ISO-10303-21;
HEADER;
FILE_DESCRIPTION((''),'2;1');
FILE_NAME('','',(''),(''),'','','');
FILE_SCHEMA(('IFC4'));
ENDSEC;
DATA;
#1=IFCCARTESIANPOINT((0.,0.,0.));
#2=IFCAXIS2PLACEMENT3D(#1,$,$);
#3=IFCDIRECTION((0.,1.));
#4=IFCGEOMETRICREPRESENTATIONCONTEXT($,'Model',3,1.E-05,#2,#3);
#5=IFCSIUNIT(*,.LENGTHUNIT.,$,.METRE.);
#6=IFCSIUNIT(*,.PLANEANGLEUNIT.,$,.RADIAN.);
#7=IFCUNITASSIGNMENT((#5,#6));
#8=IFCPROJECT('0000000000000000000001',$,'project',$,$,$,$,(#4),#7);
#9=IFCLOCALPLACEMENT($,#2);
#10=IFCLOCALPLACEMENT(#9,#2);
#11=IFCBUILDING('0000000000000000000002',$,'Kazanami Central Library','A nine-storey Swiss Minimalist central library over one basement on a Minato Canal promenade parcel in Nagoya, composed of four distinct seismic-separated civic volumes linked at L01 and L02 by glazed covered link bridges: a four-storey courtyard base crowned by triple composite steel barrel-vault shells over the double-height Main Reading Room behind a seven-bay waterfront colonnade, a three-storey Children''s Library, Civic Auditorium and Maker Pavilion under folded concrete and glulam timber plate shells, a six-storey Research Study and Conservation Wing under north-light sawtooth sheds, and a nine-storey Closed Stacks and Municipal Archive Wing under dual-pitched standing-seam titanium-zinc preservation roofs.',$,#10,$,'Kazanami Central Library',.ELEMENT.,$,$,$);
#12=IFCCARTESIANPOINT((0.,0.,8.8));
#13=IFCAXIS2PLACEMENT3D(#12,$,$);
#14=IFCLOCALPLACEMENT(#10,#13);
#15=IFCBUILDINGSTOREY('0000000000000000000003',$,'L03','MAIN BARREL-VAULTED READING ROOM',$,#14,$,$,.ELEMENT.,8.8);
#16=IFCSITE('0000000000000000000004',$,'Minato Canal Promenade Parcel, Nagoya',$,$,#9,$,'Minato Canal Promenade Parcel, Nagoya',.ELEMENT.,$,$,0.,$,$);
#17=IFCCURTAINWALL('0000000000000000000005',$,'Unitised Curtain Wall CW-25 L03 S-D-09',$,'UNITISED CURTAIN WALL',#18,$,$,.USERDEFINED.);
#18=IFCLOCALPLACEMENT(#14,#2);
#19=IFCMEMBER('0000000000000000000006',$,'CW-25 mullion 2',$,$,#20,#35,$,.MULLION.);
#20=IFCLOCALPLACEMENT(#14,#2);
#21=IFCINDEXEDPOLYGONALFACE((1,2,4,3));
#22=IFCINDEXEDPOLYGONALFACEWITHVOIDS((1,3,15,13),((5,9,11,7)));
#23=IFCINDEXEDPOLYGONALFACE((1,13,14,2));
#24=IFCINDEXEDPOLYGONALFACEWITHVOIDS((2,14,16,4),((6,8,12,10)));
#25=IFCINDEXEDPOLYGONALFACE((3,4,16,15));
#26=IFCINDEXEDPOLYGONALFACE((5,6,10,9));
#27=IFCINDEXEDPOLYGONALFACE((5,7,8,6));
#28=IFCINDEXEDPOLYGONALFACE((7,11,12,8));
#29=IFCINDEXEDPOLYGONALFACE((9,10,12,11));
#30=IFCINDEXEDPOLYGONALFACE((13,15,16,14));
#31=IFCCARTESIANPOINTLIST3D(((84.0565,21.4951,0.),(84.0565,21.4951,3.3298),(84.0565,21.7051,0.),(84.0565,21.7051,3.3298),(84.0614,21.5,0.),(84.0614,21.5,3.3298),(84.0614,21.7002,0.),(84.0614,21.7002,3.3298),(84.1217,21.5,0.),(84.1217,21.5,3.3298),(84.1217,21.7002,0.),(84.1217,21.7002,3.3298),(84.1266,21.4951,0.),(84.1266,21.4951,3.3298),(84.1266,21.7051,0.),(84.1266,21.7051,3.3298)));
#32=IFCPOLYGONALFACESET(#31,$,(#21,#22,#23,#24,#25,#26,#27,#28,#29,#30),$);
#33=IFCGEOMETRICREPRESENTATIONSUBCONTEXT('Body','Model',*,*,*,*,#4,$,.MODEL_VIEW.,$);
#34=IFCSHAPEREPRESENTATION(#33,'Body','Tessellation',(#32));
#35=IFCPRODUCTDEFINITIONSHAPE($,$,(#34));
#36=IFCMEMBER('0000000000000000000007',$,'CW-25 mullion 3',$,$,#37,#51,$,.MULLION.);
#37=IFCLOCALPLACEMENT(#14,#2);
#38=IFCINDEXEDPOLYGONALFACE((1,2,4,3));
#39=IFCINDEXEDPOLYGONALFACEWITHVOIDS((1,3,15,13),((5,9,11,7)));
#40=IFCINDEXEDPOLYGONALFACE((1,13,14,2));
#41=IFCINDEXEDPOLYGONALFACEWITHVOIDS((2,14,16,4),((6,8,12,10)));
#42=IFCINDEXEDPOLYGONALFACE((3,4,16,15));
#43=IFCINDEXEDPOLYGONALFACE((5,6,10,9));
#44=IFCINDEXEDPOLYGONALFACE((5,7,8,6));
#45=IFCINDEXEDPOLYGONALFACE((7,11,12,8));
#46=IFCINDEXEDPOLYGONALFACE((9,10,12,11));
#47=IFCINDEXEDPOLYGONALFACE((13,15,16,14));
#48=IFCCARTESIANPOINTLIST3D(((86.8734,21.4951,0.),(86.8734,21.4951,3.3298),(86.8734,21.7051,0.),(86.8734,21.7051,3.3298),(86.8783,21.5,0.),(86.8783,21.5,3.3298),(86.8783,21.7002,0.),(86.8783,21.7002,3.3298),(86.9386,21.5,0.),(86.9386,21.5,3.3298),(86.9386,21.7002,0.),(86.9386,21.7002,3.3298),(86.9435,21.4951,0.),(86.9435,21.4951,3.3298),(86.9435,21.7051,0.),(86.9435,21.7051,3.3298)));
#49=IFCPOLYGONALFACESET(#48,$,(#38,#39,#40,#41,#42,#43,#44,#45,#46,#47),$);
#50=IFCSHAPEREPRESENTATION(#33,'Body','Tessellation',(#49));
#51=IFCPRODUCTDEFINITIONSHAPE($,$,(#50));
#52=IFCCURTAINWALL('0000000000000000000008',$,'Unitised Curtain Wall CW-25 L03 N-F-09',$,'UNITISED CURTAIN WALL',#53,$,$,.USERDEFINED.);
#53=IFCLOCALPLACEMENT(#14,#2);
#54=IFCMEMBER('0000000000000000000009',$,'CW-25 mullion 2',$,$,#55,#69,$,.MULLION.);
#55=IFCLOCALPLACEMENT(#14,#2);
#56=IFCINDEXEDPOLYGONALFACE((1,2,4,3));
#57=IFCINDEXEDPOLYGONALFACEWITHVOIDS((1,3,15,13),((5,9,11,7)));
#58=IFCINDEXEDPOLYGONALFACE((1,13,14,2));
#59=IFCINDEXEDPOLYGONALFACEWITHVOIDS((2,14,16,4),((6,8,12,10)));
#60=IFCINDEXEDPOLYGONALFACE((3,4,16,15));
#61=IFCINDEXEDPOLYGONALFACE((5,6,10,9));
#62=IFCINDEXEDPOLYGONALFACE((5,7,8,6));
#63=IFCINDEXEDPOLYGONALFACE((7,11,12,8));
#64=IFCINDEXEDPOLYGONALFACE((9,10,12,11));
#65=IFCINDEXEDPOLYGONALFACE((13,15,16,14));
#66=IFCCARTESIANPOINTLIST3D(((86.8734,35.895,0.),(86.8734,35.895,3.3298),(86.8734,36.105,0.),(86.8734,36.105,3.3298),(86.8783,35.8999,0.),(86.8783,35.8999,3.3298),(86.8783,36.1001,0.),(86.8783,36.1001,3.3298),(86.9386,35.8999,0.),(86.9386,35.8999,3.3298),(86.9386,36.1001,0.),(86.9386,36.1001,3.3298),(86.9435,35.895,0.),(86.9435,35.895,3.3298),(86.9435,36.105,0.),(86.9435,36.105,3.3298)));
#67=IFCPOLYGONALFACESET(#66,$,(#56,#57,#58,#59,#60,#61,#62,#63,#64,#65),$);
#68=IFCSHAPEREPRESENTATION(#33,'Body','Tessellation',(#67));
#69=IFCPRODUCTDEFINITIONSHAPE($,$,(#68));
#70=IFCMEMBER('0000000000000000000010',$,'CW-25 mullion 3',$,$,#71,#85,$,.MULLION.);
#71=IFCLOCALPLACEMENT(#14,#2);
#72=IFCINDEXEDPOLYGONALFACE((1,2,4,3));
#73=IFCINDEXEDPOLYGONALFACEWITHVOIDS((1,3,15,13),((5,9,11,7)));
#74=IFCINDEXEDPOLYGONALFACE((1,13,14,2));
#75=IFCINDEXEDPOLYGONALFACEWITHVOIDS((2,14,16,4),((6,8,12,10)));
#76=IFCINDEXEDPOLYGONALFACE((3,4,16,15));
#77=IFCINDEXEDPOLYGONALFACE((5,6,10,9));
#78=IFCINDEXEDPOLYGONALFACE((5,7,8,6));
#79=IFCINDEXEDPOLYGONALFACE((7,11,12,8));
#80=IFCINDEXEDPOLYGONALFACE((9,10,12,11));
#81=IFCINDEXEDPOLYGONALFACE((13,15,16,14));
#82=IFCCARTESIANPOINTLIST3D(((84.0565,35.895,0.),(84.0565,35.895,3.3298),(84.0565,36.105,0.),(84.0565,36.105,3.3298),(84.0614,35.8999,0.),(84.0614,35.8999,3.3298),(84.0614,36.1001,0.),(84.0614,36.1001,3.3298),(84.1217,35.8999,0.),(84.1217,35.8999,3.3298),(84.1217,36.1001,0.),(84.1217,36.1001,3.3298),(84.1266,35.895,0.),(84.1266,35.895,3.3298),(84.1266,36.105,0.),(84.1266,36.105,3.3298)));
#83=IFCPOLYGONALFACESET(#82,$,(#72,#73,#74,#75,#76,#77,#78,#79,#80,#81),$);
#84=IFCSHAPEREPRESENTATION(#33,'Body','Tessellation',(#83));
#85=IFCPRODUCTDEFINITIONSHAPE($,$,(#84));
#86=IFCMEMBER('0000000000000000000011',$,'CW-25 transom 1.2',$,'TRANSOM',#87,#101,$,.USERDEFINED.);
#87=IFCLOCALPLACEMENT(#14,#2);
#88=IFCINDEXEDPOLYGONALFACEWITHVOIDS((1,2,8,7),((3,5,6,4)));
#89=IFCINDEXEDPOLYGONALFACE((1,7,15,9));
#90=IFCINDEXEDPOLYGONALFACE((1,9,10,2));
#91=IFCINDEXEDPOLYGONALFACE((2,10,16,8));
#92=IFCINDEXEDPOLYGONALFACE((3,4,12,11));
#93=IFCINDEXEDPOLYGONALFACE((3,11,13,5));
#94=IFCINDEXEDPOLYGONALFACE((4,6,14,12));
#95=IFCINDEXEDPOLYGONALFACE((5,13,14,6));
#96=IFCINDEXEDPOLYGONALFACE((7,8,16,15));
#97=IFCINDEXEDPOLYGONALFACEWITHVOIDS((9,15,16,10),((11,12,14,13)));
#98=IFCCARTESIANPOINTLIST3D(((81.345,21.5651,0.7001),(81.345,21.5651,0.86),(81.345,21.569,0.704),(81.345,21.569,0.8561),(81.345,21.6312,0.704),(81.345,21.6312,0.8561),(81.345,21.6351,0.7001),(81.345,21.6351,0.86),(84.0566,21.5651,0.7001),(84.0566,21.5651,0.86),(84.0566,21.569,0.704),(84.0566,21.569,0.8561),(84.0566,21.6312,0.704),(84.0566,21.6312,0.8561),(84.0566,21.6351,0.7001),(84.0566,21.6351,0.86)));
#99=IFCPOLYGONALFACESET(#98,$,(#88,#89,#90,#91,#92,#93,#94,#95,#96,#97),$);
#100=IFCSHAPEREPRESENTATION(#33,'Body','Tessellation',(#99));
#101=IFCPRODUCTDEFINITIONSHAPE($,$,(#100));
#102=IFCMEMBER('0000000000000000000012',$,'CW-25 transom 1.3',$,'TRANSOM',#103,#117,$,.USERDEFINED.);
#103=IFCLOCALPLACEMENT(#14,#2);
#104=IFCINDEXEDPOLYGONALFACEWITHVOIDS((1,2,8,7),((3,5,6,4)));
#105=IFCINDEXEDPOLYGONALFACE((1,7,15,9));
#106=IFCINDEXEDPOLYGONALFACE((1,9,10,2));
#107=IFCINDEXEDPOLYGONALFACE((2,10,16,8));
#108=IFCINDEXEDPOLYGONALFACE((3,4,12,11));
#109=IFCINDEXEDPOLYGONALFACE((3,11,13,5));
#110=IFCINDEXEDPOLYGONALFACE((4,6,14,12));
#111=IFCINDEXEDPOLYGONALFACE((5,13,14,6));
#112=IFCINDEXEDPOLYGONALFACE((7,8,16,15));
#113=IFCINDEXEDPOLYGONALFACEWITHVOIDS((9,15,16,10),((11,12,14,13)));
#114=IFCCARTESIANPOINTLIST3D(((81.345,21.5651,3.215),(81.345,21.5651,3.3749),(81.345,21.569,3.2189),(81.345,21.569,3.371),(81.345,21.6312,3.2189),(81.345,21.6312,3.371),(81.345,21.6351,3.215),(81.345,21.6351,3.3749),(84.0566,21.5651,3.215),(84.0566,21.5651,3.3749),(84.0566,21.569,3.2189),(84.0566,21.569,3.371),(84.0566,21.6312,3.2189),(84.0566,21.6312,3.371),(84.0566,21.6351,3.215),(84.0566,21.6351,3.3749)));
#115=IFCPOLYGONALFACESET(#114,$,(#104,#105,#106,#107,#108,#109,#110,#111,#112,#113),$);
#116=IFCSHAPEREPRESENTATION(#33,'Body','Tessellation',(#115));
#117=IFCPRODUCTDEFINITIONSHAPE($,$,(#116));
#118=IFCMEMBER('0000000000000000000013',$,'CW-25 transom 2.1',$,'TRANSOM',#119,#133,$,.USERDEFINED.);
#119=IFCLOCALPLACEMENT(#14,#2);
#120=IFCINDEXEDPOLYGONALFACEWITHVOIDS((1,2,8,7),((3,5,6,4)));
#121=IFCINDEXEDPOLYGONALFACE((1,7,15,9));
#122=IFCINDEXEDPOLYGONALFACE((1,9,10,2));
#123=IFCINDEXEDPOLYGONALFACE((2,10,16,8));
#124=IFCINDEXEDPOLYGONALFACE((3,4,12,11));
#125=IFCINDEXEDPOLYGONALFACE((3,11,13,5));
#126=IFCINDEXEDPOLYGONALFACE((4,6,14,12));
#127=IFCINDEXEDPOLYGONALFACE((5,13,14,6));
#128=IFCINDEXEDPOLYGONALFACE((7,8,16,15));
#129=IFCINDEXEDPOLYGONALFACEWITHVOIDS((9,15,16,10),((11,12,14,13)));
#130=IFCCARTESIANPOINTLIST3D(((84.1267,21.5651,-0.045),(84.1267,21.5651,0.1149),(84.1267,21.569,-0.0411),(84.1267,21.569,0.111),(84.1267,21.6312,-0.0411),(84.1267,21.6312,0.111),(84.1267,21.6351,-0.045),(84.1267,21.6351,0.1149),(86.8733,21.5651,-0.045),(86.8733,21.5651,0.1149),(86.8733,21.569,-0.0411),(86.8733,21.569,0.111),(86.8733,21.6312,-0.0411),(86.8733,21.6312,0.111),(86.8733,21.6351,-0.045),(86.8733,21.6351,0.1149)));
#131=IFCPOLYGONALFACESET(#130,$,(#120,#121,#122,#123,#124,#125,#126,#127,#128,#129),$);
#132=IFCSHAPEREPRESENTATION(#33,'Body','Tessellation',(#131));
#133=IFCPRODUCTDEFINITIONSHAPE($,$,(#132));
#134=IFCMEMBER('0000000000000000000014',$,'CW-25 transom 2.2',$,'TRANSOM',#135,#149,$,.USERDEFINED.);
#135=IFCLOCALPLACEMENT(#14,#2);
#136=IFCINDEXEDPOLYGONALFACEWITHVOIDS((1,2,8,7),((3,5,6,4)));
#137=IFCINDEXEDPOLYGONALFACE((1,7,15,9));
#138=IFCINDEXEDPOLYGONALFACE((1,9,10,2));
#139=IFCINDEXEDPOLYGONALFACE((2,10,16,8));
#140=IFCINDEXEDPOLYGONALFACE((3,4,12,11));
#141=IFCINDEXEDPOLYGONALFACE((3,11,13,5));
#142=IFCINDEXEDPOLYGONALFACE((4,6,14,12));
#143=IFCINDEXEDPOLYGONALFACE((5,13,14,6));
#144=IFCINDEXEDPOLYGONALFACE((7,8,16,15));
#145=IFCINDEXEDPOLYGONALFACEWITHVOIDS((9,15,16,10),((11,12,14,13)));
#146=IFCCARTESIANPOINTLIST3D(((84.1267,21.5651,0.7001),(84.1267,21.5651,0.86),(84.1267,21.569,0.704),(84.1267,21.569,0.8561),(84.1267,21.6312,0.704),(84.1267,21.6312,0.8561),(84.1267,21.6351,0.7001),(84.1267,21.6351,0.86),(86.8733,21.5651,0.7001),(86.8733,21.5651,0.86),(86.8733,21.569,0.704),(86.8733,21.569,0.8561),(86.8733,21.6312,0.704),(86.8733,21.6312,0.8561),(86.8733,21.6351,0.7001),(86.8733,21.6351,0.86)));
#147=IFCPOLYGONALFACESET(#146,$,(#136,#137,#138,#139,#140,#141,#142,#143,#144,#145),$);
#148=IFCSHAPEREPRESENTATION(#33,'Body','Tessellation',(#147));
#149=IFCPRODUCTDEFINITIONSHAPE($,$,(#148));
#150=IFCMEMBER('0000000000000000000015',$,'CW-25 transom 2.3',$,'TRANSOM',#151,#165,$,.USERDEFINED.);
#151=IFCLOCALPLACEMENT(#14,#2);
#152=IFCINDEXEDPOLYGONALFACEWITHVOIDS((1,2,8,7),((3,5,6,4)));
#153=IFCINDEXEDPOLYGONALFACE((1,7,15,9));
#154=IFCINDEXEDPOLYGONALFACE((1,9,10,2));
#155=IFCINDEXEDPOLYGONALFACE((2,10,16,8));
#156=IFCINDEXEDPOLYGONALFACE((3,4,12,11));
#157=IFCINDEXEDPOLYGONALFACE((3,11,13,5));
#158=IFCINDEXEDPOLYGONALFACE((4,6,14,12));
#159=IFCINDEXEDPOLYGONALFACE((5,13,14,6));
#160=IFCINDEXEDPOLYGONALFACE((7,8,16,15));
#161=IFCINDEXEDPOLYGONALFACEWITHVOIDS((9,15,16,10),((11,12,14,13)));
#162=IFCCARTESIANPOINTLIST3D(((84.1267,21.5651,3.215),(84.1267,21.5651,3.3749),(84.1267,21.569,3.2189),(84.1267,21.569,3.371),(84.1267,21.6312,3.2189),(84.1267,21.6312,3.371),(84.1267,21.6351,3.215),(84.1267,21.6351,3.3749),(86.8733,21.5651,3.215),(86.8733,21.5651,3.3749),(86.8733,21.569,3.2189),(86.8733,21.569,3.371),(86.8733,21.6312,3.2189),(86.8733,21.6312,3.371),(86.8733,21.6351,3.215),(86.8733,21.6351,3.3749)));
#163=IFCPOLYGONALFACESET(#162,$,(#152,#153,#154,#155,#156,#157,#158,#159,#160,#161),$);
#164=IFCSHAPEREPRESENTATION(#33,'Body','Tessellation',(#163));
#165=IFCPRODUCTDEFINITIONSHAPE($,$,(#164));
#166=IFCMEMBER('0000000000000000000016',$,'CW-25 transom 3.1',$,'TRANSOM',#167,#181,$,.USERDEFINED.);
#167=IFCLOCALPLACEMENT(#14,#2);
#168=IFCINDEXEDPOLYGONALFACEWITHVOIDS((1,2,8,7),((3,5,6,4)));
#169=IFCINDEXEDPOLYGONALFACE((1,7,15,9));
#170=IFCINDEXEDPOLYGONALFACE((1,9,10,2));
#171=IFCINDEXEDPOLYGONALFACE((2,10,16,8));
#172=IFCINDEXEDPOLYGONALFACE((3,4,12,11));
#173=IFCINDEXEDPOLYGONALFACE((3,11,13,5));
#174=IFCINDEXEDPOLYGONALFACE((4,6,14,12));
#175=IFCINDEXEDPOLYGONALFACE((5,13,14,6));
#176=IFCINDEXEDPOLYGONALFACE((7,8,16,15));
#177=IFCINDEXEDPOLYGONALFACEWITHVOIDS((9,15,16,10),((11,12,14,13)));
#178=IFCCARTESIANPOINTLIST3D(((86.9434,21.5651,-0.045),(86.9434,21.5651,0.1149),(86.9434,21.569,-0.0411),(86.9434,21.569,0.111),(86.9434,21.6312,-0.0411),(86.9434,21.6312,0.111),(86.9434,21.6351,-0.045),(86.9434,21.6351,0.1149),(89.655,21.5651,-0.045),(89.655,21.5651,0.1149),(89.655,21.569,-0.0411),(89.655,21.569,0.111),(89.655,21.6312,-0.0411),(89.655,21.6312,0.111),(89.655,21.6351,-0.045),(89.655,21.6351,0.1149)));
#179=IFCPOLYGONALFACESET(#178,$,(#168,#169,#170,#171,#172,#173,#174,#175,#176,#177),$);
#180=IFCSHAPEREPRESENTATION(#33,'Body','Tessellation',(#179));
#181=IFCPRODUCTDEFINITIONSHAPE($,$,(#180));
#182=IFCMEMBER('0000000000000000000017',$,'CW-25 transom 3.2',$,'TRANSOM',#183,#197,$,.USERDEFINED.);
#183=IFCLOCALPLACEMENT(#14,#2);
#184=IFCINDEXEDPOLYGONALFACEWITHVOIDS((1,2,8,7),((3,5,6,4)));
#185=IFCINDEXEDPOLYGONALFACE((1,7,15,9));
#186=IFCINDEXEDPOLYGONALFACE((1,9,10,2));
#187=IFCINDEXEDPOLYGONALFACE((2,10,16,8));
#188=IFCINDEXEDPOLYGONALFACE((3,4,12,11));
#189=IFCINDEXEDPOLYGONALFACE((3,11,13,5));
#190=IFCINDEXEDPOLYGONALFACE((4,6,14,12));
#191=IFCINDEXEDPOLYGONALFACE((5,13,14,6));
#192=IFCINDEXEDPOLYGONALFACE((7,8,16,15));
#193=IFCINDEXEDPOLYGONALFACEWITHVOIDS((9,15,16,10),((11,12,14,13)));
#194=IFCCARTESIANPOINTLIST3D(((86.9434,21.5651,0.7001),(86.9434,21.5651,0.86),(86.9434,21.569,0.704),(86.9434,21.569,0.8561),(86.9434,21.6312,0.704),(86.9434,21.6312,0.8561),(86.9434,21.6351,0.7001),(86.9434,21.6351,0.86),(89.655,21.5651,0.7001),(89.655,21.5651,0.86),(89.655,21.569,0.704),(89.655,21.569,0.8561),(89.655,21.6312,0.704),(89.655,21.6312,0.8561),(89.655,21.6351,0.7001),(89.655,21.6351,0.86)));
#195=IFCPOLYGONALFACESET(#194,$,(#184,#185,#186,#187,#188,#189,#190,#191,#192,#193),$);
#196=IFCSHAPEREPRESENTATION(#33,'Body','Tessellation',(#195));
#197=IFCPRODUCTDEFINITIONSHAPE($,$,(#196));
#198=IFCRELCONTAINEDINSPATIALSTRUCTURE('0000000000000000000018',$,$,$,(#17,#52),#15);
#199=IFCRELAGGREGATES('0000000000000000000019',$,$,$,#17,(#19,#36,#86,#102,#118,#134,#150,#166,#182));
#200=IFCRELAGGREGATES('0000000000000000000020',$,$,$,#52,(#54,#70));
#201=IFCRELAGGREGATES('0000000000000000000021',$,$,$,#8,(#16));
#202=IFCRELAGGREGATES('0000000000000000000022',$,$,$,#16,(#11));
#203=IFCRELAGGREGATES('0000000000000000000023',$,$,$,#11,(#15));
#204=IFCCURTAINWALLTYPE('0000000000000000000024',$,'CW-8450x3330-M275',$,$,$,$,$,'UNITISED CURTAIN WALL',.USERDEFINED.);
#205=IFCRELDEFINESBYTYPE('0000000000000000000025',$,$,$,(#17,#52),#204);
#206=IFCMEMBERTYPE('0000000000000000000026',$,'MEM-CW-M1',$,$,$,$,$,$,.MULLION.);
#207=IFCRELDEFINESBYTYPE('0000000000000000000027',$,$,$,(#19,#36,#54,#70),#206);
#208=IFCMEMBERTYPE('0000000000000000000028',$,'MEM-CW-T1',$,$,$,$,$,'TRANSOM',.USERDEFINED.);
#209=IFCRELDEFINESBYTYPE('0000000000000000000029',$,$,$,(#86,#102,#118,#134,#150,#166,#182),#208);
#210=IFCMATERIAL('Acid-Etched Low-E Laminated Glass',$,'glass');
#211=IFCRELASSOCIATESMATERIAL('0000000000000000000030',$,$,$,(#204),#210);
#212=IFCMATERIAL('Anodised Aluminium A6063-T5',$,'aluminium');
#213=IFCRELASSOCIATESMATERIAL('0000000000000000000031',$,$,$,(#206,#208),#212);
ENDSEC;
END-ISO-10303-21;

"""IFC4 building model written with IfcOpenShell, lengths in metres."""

from ifc_helpers import new_model, si_unit, direction, frame, origin, origin_2d, place, context, subcontext, project, spatial, hollow_rectangle, extrude, material, material_profile, profile_set, type_object, element, aggregate, save


model = new_model("IFC4")

# Units and contexts
model_context = context("Model", 3, precision=1e-05, world=origin(), true_north=direction((0.0, 1.0)))
body_context = subcontext(model_context, "Body", "Model", "MODEL_VIEW")
ifc_project = project(units=[si_unit("LENGTHUNIT", "METRE"), si_unit("PLANEANGLEUNIT", "RADIAN")], contexts=[model_context])

# Site, building, storey
site_placement = place(None, origin())
site = spatial("IfcSite", under=ifc_project, at=site_placement, Name="Minato Canal Promenade Parcel, Nagoya", LongName="Minato Canal Promenade Parcel, Nagoya", CompositionType="ELEMENT", RefElevation=0.0)
building_placement = place(site_placement, origin())
building = spatial("IfcBuilding", under=site, at=building_placement, Name="Kazanami Central Library", Description="A nine-storey Swiss Minimalist central library over one basement on a Minato Canal promenade parcel in Nagoya, composed of four distinct seismic-separated civic volumes linked at L01 and L02 by glazed covered link bridges: a four-storey courtyard base crowned by triple composite steel barrel-vault shells over the double-height Main Reading Room behind a seven-bay waterfront colonnade, a three-storey Children's Library, Civic Auditorium and Maker Pavilion under folded concrete and glulam timber plate shells, a six-storey Research Study and Conservation Wing under north-light sawtooth sheds, and a nine-storey Closed Stacks and Municipal Archive Wing under dual-pitched standing-seam titanium-zinc preservation roofs.", LongName="Kazanami Central Library", CompositionType="ELEMENT")
storey_placement = place(building_placement, frame((0.0, 0.0, 8.8)))
storey = spatial("IfcBuildingStorey", under=building, at=storey_placement, Name="L03", Description="MAIN BARREL-VAULTED READING ROOM", CompositionType="ELEMENT", Elevation=8.8)

# Curtain walls, members
ifc_material_1 = material(Name="Acid-Etched Low-E Laminated Glass", Category="glass")
curtain_wall_type = type_object("IfcCurtainWallType", Name="CW-8450x3330-M275", ElementType="UNITISED CURTAIN WALL", PredefinedType="USERDEFINED", material=ifc_material_1)
curtain_wall_1_placement = place(storey_placement, origin())
curtain_wall_1 = element("IfcCurtainWall", 1, at=curtain_wall_1_placement, inside=storey, type_object=curtain_wall_type, Name="Unitised Curtain Wall CW-25 L03 S-D-09", ObjectType="UNITISED CURTAIN WALL", PredefinedType="USERDEFINED")
ifc_material_2 = material(Name="Anodised Aluminium A6063-T5", Category="aluminium")
ifc_material_profile_1 = material_profile(ifc_material_2, hollow_rectangle(XDim=0.0701, YDim=0.21, WallThickness=0.0049, at=origin_2d()), Name="ALU-MULL-70x210x5")
ifc_profile_set_1 = profile_set([ifc_material_profile_1], Name="Anodised Aluminium A6063-T5")
member_type_1 = type_object("IfcMemberType", Name="MEM-CW-M1", PredefinedType="MULLION", material=ifc_profile_set_1)
member_1_placement = place(storey_placement, frame((84.0916, 21.6001, 0.0), z_axis=(0.0, 0.0, 1.0), x_axis=(1.0, 0.0, 0.0)))
member_1 = element("IfcMember", 2, at=member_1_placement, type_object=member_type_1, Name="CW-25 mullion 2", PredefinedType="MULLION", context=body_context, shape_type="SweptSolid", body=[
    extrude(hollow_rectangle(XDim=0.0701, YDim=0.21, WallThickness=0.0049, at=origin_2d()), origin(), (0.0, 0.0, 1.0), 3.3298),
])
member_2_placement = place(storey_placement, frame((86.9084, 21.6001, 0.0), z_axis=(0.0, 0.0, 1.0), x_axis=(1.0, 0.0, 0.0)))
member_2 = element("IfcMember", 3, at=member_2_placement, type_object=member_type_1, Name="CW-25 mullion 3", PredefinedType="MULLION", context=body_context, shape_type="SweptSolid", body=[
    extrude(hollow_rectangle(XDim=0.0701, YDim=0.21, WallThickness=0.0049, at=origin_2d()), origin(), (0.0, 0.0, 1.0), 3.3298),
])
curtain_wall_2_placement = place(storey_placement, origin())
curtain_wall_2 = element("IfcCurtainWall", 4, at=curtain_wall_2_placement, inside=storey, type_object=curtain_wall_type, Name="Unitised Curtain Wall CW-25 L03 N-F-09", ObjectType="UNITISED CURTAIN WALL", PredefinedType="USERDEFINED")
member_3_placement = place(storey_placement, frame((86.9084, 36.0, 0.0), z_axis=(0.0, 0.0, 1.0), x_axis=(-1.0, 0.0, 0.0)))
member_3 = element("IfcMember", 5, at=member_3_placement, type_object=member_type_1, Name="CW-25 mullion 2", PredefinedType="MULLION", context=body_context, shape_type="SweptSolid", body=[
    extrude(hollow_rectangle(XDim=0.0701, YDim=0.21, WallThickness=0.0049, at=origin_2d()), origin(), (0.0, 0.0, 1.0), 3.3298),
])
member_4_placement = place(storey_placement, frame((84.0916, 36.0, 0.0), z_axis=(0.0, 0.0, 1.0), x_axis=(-1.0, 0.0, 0.0)))
member_4 = element("IfcMember", 6, at=member_4_placement, type_object=member_type_1, Name="CW-25 mullion 3", PredefinedType="MULLION", context=body_context, shape_type="SweptSolid", body=[
    extrude(hollow_rectangle(XDim=0.0701, YDim=0.21, WallThickness=0.0049, at=origin_2d()), origin(), (0.0, 0.0, 1.0), 3.3298),
])

# Members
ifc_material_profile_2 = material_profile(ifc_material_2, hollow_rectangle(XDim=0.0701, YDim=0.1599, WallThickness=0.0039, at=origin_2d()), Name="ALU-TRAN-70x160x4")
ifc_profile_set_2 = profile_set([ifc_material_profile_2], Name="Anodised Aluminium A6063-T5")
member_type_2 = type_object("IfcMemberType", Name="MEM-CW-T1", ElementType="TRANSOM", PredefinedType="USERDEFINED", material=ifc_profile_set_2)
member_5_placement = place(storey_placement, frame((81.345, 21.6001, 0.78), z_axis=(1.0, 0.0, 0.0), x_axis=(0.0, 1.0, 0.0)))
member_5 = element("IfcMember", 7, at=member_5_placement, type_object=member_type_2, Name="CW-25 transom 1.2", ObjectType="TRANSOM", PredefinedType="USERDEFINED", context=body_context, shape_type="SweptSolid", body=[
    extrude(hollow_rectangle(XDim=0.0701, YDim=0.1599, WallThickness=0.0039, at=origin_2d()), origin(), (0.0, 0.0, 1.0), 2.7117),
])
member_6_placement = place(storey_placement, frame((81.345, 21.6001, 3.2949), z_axis=(1.0, 0.0, 0.0), x_axis=(0.0, 1.0, 0.0)))
member_6 = element("IfcMember", 8, at=member_6_placement, type_object=member_type_2, Name="CW-25 transom 1.3", ObjectType="TRANSOM", PredefinedType="USERDEFINED", context=body_context, shape_type="SweptSolid", body=[
    extrude(hollow_rectangle(XDim=0.0701, YDim=0.1599, WallThickness=0.0039, at=origin_2d()), origin(), (0.0, 0.0, 1.0), 2.7117),
])
member_7_placement = place(storey_placement, frame((84.1267, 21.6001, 0.0349), z_axis=(1.0, 0.0, 0.0), x_axis=(0.0, 1.0, 0.0)))
member_7 = element("IfcMember", 9, at=member_7_placement, type_object=member_type_2, Name="CW-25 transom 2.1", ObjectType="TRANSOM", PredefinedType="USERDEFINED", context=body_context, shape_type="SweptSolid", body=[
    extrude(hollow_rectangle(XDim=0.0701, YDim=0.1599, WallThickness=0.0039, at=origin_2d()), origin(), (0.0, 0.0, 1.0), 2.7466),
])
member_8_placement = place(storey_placement, frame((84.1267, 21.6001, 0.78), z_axis=(1.0, 0.0, 0.0), x_axis=(0.0, 1.0, 0.0)))
member_8 = element("IfcMember", 10, at=member_8_placement, type_object=member_type_2, Name="CW-25 transom 2.2", ObjectType="TRANSOM", PredefinedType="USERDEFINED", context=body_context, shape_type="SweptSolid", body=[
    extrude(hollow_rectangle(XDim=0.0701, YDim=0.1599, WallThickness=0.0039, at=origin_2d()), origin(), (0.0, 0.0, 1.0), 2.7466),
])
member_9_placement = place(storey_placement, frame((84.1267, 21.6001, 3.2949), z_axis=(1.0, 0.0, 0.0), x_axis=(0.0, 1.0, 0.0)))
member_9 = element("IfcMember", 11, at=member_9_placement, type_object=member_type_2, Name="CW-25 transom 2.3", ObjectType="TRANSOM", PredefinedType="USERDEFINED", context=body_context, shape_type="SweptSolid", body=[
    extrude(hollow_rectangle(XDim=0.0701, YDim=0.1599, WallThickness=0.0039, at=origin_2d()), origin(), (0.0, 0.0, 1.0), 2.7466),
])
member_10_placement = place(storey_placement, frame((86.9434, 21.6001, 0.0349), z_axis=(1.0, 0.0, 0.0), x_axis=(0.0, 1.0, 0.0)))
member_10 = element("IfcMember", 12, at=member_10_placement, type_object=member_type_2, Name="CW-25 transom 3.1", ObjectType="TRANSOM", PredefinedType="USERDEFINED", context=body_context, shape_type="SweptSolid", body=[
    extrude(hollow_rectangle(XDim=0.0701, YDim=0.1599, WallThickness=0.0039, at=origin_2d()), origin(), (0.0, 0.0, 1.0), 2.7117),
])
member_11_placement = place(storey_placement, frame((86.9434, 21.6001, 0.78), z_axis=(1.0, 0.0, 0.0), x_axis=(0.0, 1.0, 0.0)))
member_11 = element("IfcMember", 13, at=member_11_placement, type_object=member_type_2, Name="CW-25 transom 3.2", ObjectType="TRANSOM", PredefinedType="USERDEFINED", context=body_context, shape_type="SweptSolid", body=[
    extrude(hollow_rectangle(XDim=0.0701, YDim=0.1599, WallThickness=0.0039, at=origin_2d()), origin(), (0.0, 0.0, 1.0), 2.7117),
])

aggregate(curtain_wall_1, [member_1, member_2, member_5, member_6, member_7, member_8, member_9, member_10, member_11])
aggregate(curtain_wall_2, [member_3, member_4])

save(model, "model.ifc")
